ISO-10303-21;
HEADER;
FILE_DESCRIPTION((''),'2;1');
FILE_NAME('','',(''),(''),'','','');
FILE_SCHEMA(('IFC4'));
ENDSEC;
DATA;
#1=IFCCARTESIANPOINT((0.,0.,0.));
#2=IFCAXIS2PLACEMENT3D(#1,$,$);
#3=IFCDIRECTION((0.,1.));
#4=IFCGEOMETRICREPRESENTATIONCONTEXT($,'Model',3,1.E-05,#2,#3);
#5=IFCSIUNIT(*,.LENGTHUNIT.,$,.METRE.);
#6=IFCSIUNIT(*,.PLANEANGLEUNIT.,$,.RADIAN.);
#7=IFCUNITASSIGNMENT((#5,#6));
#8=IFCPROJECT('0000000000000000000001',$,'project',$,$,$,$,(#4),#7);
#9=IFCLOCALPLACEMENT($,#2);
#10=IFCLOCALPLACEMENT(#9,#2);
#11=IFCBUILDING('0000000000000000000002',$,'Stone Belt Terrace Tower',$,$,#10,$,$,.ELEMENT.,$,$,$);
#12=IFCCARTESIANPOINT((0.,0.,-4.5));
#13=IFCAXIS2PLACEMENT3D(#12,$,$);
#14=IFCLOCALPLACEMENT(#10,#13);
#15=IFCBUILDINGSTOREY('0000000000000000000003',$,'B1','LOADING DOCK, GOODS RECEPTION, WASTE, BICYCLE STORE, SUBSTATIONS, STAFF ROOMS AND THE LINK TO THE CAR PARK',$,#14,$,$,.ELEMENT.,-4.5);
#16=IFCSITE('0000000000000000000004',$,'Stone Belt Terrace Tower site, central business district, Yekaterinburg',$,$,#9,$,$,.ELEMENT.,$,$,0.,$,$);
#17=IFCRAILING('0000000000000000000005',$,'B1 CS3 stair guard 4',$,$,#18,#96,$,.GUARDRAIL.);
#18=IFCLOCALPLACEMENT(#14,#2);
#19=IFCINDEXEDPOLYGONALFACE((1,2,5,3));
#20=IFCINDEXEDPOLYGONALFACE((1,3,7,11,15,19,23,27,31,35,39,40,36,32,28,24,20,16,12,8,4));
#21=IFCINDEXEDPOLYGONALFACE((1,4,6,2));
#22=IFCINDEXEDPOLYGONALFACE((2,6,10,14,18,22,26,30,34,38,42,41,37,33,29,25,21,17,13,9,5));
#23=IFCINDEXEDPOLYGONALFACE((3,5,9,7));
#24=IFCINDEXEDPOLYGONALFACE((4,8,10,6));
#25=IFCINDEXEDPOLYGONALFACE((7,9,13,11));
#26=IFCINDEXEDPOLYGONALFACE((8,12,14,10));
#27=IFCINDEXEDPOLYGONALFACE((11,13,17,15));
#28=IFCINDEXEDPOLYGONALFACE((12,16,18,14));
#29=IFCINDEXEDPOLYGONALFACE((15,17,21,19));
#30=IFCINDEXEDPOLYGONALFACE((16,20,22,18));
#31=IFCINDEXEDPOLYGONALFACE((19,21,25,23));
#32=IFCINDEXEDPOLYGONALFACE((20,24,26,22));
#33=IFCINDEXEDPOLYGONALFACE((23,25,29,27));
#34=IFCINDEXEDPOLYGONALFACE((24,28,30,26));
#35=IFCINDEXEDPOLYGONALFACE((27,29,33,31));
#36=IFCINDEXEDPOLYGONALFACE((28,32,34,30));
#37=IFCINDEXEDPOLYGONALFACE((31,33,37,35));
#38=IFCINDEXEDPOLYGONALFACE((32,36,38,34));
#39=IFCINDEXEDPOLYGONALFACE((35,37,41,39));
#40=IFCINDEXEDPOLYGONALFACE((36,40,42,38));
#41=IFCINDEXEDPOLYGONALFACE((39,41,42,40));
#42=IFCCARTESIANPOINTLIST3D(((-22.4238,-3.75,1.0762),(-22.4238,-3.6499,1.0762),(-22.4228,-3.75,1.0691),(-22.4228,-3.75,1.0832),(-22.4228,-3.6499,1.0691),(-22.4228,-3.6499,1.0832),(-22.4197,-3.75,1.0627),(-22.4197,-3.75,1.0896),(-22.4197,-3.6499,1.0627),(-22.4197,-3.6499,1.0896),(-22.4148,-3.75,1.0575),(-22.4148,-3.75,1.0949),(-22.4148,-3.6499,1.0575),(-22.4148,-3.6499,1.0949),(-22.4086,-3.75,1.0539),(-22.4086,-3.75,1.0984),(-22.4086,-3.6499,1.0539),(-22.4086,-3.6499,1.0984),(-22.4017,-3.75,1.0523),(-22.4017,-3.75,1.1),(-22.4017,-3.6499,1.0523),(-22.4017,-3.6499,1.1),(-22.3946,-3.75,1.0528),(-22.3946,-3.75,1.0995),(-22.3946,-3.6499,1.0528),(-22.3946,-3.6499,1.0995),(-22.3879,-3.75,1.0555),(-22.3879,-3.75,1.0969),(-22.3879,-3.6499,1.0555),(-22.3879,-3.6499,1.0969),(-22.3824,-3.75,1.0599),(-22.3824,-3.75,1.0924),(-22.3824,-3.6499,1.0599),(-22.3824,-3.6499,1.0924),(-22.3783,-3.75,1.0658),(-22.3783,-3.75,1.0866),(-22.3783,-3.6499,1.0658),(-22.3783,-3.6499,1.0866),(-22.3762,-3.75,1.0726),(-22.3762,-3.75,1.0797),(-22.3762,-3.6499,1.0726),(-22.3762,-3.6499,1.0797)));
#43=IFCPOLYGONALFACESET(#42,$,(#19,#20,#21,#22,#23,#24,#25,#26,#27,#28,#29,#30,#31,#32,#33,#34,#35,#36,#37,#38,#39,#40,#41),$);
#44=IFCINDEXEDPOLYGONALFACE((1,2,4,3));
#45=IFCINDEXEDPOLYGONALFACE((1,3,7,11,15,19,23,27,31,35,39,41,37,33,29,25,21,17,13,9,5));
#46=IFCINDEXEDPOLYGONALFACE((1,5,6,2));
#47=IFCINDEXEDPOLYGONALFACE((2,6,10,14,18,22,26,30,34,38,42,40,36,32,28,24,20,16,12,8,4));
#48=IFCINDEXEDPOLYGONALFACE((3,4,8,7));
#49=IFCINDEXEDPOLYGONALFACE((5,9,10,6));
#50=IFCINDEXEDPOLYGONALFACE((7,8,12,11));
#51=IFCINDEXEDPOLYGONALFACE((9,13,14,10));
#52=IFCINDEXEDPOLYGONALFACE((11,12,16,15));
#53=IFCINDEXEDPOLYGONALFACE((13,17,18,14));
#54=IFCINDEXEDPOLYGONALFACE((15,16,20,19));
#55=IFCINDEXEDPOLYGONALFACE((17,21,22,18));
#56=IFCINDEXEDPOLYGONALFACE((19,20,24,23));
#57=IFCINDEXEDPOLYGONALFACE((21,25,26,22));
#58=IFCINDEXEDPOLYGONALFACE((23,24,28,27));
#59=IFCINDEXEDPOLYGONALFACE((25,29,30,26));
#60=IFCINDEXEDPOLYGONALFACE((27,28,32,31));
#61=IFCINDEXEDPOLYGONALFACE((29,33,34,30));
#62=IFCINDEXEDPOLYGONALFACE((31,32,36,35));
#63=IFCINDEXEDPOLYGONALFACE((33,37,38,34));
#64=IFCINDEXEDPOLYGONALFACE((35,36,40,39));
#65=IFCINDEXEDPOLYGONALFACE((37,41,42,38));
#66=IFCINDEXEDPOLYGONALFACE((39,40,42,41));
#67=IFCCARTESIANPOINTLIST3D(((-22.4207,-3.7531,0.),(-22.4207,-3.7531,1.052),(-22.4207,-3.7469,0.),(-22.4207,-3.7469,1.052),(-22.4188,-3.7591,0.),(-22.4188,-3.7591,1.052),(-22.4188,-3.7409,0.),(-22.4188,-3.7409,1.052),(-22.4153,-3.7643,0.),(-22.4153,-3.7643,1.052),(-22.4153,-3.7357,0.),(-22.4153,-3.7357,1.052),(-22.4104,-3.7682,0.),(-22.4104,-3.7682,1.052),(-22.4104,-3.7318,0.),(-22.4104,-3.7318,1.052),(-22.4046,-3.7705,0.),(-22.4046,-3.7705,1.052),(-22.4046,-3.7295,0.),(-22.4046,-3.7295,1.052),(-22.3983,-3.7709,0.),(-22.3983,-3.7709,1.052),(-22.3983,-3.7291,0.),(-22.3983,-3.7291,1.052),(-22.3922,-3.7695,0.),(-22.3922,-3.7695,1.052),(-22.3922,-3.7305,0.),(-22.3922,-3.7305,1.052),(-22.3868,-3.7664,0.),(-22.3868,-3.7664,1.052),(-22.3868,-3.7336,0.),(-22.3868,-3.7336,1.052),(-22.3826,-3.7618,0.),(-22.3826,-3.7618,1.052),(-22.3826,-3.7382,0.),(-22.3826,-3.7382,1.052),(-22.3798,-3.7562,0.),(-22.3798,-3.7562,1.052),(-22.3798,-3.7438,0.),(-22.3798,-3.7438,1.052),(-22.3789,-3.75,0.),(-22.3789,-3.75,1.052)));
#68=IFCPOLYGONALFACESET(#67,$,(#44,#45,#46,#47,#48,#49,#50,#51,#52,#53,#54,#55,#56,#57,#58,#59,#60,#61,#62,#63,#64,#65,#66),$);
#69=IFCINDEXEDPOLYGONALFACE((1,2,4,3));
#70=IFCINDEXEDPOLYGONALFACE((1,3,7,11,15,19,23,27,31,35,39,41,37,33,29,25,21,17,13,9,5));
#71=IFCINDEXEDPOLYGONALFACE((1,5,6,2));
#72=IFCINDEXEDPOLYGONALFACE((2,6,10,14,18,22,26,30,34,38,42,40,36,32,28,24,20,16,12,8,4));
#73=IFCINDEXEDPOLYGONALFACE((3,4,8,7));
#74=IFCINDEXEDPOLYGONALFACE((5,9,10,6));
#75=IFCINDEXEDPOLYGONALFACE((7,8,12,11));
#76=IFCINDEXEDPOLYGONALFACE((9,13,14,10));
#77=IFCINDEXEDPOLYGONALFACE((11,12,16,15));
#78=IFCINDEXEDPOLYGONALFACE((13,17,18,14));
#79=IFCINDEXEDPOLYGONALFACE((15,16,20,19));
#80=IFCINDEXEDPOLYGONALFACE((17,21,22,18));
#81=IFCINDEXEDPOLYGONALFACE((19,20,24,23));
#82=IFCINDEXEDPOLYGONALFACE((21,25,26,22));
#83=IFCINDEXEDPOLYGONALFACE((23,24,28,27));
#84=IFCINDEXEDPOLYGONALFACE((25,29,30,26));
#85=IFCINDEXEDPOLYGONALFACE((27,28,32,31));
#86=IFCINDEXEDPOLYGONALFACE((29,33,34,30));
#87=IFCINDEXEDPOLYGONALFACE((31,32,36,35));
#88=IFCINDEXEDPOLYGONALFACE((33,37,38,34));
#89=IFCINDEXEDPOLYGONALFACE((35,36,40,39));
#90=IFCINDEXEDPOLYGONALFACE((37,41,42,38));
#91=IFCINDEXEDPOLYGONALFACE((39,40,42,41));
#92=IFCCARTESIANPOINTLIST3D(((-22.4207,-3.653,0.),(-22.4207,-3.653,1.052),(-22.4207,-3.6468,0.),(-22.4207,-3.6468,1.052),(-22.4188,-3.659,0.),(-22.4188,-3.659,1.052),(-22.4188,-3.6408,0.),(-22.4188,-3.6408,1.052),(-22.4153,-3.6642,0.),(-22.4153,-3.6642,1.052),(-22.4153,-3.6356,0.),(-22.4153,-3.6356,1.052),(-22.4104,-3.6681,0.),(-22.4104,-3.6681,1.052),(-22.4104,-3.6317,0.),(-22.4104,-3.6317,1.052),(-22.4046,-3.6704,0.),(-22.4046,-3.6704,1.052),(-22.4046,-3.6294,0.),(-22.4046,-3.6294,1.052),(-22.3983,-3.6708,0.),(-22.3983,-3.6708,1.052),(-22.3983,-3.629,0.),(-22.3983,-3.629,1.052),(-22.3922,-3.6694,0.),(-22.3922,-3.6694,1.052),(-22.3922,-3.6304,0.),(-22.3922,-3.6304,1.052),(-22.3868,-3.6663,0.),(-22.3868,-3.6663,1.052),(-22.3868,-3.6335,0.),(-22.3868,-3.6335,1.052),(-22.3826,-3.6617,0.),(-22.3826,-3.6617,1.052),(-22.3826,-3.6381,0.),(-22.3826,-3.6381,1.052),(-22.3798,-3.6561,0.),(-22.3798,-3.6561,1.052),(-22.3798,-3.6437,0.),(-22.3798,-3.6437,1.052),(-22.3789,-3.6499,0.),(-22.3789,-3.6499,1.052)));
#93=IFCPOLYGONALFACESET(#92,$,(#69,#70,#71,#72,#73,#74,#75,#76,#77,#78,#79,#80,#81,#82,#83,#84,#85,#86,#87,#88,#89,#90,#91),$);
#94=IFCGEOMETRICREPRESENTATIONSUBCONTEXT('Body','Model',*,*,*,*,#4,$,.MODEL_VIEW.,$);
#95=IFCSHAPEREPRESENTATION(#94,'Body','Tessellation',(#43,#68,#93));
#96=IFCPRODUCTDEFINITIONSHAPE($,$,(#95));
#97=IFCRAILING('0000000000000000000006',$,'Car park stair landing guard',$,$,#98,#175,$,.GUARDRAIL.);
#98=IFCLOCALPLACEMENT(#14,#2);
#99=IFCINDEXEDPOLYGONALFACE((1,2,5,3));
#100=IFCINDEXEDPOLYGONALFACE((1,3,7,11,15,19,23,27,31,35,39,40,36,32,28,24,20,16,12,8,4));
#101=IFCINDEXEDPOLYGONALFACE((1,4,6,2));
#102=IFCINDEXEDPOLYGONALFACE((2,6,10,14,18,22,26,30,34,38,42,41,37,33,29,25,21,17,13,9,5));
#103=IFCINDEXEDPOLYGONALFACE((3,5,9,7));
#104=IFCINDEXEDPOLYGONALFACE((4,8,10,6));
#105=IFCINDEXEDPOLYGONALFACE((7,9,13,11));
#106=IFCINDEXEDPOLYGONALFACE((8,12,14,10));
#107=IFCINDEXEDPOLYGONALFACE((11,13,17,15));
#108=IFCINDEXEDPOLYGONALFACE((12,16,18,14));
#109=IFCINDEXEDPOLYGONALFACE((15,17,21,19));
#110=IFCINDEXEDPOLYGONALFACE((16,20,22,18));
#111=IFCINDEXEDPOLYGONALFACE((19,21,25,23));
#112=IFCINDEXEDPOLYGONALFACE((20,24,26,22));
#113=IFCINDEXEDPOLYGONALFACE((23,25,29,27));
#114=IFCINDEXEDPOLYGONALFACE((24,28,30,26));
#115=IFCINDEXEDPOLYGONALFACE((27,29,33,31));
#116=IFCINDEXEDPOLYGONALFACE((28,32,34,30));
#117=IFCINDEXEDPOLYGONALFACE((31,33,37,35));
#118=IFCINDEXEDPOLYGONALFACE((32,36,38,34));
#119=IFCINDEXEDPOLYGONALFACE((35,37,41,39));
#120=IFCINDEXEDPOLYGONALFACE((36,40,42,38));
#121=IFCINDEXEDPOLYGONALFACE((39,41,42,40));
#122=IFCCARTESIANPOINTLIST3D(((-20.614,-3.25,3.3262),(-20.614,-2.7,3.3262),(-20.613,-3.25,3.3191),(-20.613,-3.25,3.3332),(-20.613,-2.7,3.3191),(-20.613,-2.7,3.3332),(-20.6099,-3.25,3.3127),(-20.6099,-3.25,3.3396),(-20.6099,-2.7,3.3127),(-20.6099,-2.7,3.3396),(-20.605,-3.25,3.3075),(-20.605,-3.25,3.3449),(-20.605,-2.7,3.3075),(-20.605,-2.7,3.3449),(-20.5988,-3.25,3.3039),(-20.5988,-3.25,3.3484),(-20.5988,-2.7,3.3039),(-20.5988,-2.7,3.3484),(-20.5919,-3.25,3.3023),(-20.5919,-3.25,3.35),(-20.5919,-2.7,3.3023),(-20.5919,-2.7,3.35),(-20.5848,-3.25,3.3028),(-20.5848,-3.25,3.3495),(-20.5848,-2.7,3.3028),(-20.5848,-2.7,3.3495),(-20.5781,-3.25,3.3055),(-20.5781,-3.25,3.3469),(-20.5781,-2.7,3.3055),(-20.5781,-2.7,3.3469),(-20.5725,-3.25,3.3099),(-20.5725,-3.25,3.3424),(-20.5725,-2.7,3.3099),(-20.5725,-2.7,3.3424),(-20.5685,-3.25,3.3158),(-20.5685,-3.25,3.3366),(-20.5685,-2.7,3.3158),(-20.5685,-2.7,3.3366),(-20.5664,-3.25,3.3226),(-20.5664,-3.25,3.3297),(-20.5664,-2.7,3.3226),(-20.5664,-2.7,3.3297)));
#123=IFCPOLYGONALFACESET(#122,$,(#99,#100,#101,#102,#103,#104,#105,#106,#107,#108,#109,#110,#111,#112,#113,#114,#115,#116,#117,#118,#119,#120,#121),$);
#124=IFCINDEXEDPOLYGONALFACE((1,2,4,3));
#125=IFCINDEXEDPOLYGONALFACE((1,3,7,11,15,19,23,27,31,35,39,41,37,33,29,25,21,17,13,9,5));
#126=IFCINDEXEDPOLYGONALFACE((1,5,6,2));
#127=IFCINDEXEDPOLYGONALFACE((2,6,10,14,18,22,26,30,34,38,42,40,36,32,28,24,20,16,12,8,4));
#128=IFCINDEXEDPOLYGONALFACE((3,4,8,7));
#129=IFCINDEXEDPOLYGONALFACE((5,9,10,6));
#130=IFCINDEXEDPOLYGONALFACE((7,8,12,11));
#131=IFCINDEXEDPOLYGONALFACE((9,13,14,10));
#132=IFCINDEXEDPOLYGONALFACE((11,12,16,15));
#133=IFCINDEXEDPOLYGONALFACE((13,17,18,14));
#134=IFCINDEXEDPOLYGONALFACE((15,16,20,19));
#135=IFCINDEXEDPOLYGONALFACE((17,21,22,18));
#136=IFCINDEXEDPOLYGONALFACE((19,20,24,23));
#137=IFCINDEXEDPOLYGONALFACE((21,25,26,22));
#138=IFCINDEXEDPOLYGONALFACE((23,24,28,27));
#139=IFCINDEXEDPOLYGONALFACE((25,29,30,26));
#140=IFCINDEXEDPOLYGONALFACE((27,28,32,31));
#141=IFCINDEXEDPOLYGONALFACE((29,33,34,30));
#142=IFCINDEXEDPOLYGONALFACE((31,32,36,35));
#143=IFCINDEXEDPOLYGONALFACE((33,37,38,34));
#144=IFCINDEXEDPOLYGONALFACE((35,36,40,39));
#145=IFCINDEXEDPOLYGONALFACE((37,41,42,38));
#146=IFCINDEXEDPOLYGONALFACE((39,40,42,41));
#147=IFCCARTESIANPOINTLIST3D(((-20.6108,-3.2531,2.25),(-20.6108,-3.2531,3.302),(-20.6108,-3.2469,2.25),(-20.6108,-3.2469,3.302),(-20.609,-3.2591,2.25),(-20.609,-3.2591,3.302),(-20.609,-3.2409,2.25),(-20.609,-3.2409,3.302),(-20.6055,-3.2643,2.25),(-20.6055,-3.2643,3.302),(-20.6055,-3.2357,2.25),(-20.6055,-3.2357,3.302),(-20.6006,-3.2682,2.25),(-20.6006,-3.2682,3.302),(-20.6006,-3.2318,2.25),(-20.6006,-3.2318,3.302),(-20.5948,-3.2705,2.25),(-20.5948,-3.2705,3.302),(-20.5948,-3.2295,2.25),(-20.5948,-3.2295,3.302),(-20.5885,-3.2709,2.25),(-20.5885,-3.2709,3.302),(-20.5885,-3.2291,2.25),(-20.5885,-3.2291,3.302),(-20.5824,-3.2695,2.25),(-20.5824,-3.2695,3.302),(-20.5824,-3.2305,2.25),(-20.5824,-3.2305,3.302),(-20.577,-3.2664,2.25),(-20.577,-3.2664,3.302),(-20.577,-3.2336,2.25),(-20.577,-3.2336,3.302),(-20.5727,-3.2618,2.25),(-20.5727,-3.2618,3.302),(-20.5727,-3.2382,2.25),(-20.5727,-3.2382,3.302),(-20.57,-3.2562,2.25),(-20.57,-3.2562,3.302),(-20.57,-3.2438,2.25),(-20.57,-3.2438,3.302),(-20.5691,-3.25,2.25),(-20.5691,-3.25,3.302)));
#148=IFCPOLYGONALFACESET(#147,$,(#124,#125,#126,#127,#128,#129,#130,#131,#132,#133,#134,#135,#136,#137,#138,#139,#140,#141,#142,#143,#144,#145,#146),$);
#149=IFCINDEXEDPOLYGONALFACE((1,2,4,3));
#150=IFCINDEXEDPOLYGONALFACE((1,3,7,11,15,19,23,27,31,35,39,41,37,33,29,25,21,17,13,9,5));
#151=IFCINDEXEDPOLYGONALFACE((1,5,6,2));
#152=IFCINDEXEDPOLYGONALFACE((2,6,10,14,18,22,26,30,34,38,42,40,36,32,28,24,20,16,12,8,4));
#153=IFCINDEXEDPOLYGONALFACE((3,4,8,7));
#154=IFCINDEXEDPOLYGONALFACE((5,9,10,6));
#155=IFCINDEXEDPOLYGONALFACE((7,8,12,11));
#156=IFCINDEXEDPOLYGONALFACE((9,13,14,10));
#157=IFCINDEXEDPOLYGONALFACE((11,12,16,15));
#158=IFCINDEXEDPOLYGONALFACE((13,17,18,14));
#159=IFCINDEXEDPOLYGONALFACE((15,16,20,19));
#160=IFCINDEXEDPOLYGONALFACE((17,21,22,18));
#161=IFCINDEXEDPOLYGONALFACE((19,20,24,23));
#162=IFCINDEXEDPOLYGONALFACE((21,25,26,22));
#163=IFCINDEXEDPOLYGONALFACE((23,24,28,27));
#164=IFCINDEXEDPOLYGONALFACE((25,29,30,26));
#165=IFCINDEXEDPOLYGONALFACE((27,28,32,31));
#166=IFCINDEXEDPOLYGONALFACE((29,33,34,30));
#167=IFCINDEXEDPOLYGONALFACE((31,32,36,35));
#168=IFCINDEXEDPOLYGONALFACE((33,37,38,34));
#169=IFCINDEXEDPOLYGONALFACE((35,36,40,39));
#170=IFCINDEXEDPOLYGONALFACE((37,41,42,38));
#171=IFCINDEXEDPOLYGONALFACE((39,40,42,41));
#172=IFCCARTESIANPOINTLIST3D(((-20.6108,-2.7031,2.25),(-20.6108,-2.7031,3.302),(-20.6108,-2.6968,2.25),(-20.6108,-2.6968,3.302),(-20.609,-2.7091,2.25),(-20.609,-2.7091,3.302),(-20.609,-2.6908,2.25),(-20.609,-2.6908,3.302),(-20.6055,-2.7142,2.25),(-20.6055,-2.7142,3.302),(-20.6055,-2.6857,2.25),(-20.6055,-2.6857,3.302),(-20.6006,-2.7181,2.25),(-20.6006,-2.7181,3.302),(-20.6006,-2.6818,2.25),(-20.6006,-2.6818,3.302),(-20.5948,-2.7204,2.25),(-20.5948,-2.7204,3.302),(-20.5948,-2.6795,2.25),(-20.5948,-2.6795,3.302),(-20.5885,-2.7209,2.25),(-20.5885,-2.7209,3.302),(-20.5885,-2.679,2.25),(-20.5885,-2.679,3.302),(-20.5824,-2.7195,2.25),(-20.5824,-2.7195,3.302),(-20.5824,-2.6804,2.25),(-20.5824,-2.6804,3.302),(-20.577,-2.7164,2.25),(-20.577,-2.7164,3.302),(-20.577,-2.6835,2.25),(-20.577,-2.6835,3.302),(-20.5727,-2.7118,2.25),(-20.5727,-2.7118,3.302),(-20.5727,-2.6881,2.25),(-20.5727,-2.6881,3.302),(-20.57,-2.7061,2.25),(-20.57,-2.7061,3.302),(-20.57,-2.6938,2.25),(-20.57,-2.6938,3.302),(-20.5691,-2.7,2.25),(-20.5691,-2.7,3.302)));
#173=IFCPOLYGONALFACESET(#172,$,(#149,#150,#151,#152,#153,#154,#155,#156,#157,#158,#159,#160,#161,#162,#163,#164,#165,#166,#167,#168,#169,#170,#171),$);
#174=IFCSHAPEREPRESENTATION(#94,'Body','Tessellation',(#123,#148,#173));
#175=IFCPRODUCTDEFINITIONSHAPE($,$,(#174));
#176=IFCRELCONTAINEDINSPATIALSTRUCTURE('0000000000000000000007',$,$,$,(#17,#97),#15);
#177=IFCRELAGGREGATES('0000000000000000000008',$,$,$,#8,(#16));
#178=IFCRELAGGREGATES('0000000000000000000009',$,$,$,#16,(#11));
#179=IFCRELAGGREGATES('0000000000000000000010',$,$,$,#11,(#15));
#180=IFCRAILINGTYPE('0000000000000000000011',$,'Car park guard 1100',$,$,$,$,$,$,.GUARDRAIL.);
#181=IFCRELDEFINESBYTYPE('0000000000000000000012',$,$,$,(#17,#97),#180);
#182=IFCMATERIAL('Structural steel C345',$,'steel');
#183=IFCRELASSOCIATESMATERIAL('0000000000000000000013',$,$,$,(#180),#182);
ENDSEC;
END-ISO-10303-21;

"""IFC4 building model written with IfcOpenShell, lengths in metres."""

from ifc_helpers import new_model, si_unit, direction, frame, origin, origin_2d, place, context, subcontext, project, spatial, circle, extrude, material, type_object, element, save


model = new_model("IFC4")

# Units and contexts
model_context = context("Model", 3, precision=1e-05, world=origin(), true_north=direction((0.0, 1.0)))
body_context = subcontext(model_context, "Body", "Model", "MODEL_VIEW")
ifc_project = project(units=[si_unit("LENGTHUNIT", "METRE"), si_unit("PLANEANGLEUNIT", "RADIAN")], contexts=[model_context])

# Site, building, storey
site_placement = place(None, origin())
site = spatial("IfcSite", under=ifc_project, at=site_placement, Name="Stone Belt Terrace Tower site, central business district, Yekaterinburg", CompositionType="ELEMENT", RefElevation=0.0)
building_placement = place(site_placement, origin())
building = spatial("IfcBuilding", under=site, at=building_placement, Name="Stone Belt Terrace Tower", CompositionType="ELEMENT")
storey_placement = place(building_placement, frame((0.0, 0.0, -4.5)))
storey = spatial("IfcBuildingStorey", under=building, at=storey_placement, Name="B1", Description="LOADING DOCK, GOODS RECEPTION, WASTE, BICYCLE STORE, SUBSTATIONS, STAFF ROOMS AND THE LINK TO THE CAR PARK", CompositionType="ELEMENT", Elevation=-4.5)

# Railings
ifc_material_1 = material(Name="Structural steel C345", Category="steel")
railing_type_1 = type_object("IfcRailingType", Name="Car park guard 1100", PredefinedType="GUARDRAIL", material=ifc_material_1)
railing_1_placement = place(storey_placement, frame((-22.3999, -3.75, 0.0)))
element("IfcRailing", 1, at=railing_1_placement, inside=storey, type_object=railing_type_1, Name="B1 CS3 stair guard 4", PredefinedType="GUARDRAIL", context=body_context, shape_type="SweptSolid", body=[
    extrude(circle(Radius=0.0239, at=origin_2d()), frame((0.0, 0.0, 1.0762), z_axis=(0.0, 1.0, 0.0), x_axis=(-1.0, 0.0, 0.0)), (0.0, 0.0, 1.0), 0.1001),
    extrude(circle(Radius=0.021, at=origin_2d()), origin(), (0.0, 0.0, 1.0), 1.052),
    extrude(circle(Radius=0.021, at=origin_2d()), frame((0.0, 0.1001, 0.0)), (0.0, 0.0, 1.0), 1.052),
])
railing_2_placement = place(storey_placement, frame((-20.5901, -3.25, 2.25)))
element("IfcRailing", 2, at=railing_2_placement, inside=storey, type_object=railing_type_1, Name="Car park stair landing guard", PredefinedType="GUARDRAIL", context=body_context, shape_type="SweptSolid", body=[
    extrude(circle(Radius=0.0239, at=origin_2d()), frame((0.0, 0.0, 1.0762), z_axis=(0.0, 1.0, 0.0), x_axis=(-1.0, 0.0, 0.0)), (0.0, 0.0, 1.0), 0.55),
    extrude(circle(Radius=0.021, at=origin_2d()), origin(), (0.0, 0.0, 1.0), 1.052),
    extrude(circle(Radius=0.021, at=origin_2d()), frame((0.0, 0.55, 0.0)), (0.0, 0.0, 1.0), 1.052),
])

save(model, "model.ifc")
